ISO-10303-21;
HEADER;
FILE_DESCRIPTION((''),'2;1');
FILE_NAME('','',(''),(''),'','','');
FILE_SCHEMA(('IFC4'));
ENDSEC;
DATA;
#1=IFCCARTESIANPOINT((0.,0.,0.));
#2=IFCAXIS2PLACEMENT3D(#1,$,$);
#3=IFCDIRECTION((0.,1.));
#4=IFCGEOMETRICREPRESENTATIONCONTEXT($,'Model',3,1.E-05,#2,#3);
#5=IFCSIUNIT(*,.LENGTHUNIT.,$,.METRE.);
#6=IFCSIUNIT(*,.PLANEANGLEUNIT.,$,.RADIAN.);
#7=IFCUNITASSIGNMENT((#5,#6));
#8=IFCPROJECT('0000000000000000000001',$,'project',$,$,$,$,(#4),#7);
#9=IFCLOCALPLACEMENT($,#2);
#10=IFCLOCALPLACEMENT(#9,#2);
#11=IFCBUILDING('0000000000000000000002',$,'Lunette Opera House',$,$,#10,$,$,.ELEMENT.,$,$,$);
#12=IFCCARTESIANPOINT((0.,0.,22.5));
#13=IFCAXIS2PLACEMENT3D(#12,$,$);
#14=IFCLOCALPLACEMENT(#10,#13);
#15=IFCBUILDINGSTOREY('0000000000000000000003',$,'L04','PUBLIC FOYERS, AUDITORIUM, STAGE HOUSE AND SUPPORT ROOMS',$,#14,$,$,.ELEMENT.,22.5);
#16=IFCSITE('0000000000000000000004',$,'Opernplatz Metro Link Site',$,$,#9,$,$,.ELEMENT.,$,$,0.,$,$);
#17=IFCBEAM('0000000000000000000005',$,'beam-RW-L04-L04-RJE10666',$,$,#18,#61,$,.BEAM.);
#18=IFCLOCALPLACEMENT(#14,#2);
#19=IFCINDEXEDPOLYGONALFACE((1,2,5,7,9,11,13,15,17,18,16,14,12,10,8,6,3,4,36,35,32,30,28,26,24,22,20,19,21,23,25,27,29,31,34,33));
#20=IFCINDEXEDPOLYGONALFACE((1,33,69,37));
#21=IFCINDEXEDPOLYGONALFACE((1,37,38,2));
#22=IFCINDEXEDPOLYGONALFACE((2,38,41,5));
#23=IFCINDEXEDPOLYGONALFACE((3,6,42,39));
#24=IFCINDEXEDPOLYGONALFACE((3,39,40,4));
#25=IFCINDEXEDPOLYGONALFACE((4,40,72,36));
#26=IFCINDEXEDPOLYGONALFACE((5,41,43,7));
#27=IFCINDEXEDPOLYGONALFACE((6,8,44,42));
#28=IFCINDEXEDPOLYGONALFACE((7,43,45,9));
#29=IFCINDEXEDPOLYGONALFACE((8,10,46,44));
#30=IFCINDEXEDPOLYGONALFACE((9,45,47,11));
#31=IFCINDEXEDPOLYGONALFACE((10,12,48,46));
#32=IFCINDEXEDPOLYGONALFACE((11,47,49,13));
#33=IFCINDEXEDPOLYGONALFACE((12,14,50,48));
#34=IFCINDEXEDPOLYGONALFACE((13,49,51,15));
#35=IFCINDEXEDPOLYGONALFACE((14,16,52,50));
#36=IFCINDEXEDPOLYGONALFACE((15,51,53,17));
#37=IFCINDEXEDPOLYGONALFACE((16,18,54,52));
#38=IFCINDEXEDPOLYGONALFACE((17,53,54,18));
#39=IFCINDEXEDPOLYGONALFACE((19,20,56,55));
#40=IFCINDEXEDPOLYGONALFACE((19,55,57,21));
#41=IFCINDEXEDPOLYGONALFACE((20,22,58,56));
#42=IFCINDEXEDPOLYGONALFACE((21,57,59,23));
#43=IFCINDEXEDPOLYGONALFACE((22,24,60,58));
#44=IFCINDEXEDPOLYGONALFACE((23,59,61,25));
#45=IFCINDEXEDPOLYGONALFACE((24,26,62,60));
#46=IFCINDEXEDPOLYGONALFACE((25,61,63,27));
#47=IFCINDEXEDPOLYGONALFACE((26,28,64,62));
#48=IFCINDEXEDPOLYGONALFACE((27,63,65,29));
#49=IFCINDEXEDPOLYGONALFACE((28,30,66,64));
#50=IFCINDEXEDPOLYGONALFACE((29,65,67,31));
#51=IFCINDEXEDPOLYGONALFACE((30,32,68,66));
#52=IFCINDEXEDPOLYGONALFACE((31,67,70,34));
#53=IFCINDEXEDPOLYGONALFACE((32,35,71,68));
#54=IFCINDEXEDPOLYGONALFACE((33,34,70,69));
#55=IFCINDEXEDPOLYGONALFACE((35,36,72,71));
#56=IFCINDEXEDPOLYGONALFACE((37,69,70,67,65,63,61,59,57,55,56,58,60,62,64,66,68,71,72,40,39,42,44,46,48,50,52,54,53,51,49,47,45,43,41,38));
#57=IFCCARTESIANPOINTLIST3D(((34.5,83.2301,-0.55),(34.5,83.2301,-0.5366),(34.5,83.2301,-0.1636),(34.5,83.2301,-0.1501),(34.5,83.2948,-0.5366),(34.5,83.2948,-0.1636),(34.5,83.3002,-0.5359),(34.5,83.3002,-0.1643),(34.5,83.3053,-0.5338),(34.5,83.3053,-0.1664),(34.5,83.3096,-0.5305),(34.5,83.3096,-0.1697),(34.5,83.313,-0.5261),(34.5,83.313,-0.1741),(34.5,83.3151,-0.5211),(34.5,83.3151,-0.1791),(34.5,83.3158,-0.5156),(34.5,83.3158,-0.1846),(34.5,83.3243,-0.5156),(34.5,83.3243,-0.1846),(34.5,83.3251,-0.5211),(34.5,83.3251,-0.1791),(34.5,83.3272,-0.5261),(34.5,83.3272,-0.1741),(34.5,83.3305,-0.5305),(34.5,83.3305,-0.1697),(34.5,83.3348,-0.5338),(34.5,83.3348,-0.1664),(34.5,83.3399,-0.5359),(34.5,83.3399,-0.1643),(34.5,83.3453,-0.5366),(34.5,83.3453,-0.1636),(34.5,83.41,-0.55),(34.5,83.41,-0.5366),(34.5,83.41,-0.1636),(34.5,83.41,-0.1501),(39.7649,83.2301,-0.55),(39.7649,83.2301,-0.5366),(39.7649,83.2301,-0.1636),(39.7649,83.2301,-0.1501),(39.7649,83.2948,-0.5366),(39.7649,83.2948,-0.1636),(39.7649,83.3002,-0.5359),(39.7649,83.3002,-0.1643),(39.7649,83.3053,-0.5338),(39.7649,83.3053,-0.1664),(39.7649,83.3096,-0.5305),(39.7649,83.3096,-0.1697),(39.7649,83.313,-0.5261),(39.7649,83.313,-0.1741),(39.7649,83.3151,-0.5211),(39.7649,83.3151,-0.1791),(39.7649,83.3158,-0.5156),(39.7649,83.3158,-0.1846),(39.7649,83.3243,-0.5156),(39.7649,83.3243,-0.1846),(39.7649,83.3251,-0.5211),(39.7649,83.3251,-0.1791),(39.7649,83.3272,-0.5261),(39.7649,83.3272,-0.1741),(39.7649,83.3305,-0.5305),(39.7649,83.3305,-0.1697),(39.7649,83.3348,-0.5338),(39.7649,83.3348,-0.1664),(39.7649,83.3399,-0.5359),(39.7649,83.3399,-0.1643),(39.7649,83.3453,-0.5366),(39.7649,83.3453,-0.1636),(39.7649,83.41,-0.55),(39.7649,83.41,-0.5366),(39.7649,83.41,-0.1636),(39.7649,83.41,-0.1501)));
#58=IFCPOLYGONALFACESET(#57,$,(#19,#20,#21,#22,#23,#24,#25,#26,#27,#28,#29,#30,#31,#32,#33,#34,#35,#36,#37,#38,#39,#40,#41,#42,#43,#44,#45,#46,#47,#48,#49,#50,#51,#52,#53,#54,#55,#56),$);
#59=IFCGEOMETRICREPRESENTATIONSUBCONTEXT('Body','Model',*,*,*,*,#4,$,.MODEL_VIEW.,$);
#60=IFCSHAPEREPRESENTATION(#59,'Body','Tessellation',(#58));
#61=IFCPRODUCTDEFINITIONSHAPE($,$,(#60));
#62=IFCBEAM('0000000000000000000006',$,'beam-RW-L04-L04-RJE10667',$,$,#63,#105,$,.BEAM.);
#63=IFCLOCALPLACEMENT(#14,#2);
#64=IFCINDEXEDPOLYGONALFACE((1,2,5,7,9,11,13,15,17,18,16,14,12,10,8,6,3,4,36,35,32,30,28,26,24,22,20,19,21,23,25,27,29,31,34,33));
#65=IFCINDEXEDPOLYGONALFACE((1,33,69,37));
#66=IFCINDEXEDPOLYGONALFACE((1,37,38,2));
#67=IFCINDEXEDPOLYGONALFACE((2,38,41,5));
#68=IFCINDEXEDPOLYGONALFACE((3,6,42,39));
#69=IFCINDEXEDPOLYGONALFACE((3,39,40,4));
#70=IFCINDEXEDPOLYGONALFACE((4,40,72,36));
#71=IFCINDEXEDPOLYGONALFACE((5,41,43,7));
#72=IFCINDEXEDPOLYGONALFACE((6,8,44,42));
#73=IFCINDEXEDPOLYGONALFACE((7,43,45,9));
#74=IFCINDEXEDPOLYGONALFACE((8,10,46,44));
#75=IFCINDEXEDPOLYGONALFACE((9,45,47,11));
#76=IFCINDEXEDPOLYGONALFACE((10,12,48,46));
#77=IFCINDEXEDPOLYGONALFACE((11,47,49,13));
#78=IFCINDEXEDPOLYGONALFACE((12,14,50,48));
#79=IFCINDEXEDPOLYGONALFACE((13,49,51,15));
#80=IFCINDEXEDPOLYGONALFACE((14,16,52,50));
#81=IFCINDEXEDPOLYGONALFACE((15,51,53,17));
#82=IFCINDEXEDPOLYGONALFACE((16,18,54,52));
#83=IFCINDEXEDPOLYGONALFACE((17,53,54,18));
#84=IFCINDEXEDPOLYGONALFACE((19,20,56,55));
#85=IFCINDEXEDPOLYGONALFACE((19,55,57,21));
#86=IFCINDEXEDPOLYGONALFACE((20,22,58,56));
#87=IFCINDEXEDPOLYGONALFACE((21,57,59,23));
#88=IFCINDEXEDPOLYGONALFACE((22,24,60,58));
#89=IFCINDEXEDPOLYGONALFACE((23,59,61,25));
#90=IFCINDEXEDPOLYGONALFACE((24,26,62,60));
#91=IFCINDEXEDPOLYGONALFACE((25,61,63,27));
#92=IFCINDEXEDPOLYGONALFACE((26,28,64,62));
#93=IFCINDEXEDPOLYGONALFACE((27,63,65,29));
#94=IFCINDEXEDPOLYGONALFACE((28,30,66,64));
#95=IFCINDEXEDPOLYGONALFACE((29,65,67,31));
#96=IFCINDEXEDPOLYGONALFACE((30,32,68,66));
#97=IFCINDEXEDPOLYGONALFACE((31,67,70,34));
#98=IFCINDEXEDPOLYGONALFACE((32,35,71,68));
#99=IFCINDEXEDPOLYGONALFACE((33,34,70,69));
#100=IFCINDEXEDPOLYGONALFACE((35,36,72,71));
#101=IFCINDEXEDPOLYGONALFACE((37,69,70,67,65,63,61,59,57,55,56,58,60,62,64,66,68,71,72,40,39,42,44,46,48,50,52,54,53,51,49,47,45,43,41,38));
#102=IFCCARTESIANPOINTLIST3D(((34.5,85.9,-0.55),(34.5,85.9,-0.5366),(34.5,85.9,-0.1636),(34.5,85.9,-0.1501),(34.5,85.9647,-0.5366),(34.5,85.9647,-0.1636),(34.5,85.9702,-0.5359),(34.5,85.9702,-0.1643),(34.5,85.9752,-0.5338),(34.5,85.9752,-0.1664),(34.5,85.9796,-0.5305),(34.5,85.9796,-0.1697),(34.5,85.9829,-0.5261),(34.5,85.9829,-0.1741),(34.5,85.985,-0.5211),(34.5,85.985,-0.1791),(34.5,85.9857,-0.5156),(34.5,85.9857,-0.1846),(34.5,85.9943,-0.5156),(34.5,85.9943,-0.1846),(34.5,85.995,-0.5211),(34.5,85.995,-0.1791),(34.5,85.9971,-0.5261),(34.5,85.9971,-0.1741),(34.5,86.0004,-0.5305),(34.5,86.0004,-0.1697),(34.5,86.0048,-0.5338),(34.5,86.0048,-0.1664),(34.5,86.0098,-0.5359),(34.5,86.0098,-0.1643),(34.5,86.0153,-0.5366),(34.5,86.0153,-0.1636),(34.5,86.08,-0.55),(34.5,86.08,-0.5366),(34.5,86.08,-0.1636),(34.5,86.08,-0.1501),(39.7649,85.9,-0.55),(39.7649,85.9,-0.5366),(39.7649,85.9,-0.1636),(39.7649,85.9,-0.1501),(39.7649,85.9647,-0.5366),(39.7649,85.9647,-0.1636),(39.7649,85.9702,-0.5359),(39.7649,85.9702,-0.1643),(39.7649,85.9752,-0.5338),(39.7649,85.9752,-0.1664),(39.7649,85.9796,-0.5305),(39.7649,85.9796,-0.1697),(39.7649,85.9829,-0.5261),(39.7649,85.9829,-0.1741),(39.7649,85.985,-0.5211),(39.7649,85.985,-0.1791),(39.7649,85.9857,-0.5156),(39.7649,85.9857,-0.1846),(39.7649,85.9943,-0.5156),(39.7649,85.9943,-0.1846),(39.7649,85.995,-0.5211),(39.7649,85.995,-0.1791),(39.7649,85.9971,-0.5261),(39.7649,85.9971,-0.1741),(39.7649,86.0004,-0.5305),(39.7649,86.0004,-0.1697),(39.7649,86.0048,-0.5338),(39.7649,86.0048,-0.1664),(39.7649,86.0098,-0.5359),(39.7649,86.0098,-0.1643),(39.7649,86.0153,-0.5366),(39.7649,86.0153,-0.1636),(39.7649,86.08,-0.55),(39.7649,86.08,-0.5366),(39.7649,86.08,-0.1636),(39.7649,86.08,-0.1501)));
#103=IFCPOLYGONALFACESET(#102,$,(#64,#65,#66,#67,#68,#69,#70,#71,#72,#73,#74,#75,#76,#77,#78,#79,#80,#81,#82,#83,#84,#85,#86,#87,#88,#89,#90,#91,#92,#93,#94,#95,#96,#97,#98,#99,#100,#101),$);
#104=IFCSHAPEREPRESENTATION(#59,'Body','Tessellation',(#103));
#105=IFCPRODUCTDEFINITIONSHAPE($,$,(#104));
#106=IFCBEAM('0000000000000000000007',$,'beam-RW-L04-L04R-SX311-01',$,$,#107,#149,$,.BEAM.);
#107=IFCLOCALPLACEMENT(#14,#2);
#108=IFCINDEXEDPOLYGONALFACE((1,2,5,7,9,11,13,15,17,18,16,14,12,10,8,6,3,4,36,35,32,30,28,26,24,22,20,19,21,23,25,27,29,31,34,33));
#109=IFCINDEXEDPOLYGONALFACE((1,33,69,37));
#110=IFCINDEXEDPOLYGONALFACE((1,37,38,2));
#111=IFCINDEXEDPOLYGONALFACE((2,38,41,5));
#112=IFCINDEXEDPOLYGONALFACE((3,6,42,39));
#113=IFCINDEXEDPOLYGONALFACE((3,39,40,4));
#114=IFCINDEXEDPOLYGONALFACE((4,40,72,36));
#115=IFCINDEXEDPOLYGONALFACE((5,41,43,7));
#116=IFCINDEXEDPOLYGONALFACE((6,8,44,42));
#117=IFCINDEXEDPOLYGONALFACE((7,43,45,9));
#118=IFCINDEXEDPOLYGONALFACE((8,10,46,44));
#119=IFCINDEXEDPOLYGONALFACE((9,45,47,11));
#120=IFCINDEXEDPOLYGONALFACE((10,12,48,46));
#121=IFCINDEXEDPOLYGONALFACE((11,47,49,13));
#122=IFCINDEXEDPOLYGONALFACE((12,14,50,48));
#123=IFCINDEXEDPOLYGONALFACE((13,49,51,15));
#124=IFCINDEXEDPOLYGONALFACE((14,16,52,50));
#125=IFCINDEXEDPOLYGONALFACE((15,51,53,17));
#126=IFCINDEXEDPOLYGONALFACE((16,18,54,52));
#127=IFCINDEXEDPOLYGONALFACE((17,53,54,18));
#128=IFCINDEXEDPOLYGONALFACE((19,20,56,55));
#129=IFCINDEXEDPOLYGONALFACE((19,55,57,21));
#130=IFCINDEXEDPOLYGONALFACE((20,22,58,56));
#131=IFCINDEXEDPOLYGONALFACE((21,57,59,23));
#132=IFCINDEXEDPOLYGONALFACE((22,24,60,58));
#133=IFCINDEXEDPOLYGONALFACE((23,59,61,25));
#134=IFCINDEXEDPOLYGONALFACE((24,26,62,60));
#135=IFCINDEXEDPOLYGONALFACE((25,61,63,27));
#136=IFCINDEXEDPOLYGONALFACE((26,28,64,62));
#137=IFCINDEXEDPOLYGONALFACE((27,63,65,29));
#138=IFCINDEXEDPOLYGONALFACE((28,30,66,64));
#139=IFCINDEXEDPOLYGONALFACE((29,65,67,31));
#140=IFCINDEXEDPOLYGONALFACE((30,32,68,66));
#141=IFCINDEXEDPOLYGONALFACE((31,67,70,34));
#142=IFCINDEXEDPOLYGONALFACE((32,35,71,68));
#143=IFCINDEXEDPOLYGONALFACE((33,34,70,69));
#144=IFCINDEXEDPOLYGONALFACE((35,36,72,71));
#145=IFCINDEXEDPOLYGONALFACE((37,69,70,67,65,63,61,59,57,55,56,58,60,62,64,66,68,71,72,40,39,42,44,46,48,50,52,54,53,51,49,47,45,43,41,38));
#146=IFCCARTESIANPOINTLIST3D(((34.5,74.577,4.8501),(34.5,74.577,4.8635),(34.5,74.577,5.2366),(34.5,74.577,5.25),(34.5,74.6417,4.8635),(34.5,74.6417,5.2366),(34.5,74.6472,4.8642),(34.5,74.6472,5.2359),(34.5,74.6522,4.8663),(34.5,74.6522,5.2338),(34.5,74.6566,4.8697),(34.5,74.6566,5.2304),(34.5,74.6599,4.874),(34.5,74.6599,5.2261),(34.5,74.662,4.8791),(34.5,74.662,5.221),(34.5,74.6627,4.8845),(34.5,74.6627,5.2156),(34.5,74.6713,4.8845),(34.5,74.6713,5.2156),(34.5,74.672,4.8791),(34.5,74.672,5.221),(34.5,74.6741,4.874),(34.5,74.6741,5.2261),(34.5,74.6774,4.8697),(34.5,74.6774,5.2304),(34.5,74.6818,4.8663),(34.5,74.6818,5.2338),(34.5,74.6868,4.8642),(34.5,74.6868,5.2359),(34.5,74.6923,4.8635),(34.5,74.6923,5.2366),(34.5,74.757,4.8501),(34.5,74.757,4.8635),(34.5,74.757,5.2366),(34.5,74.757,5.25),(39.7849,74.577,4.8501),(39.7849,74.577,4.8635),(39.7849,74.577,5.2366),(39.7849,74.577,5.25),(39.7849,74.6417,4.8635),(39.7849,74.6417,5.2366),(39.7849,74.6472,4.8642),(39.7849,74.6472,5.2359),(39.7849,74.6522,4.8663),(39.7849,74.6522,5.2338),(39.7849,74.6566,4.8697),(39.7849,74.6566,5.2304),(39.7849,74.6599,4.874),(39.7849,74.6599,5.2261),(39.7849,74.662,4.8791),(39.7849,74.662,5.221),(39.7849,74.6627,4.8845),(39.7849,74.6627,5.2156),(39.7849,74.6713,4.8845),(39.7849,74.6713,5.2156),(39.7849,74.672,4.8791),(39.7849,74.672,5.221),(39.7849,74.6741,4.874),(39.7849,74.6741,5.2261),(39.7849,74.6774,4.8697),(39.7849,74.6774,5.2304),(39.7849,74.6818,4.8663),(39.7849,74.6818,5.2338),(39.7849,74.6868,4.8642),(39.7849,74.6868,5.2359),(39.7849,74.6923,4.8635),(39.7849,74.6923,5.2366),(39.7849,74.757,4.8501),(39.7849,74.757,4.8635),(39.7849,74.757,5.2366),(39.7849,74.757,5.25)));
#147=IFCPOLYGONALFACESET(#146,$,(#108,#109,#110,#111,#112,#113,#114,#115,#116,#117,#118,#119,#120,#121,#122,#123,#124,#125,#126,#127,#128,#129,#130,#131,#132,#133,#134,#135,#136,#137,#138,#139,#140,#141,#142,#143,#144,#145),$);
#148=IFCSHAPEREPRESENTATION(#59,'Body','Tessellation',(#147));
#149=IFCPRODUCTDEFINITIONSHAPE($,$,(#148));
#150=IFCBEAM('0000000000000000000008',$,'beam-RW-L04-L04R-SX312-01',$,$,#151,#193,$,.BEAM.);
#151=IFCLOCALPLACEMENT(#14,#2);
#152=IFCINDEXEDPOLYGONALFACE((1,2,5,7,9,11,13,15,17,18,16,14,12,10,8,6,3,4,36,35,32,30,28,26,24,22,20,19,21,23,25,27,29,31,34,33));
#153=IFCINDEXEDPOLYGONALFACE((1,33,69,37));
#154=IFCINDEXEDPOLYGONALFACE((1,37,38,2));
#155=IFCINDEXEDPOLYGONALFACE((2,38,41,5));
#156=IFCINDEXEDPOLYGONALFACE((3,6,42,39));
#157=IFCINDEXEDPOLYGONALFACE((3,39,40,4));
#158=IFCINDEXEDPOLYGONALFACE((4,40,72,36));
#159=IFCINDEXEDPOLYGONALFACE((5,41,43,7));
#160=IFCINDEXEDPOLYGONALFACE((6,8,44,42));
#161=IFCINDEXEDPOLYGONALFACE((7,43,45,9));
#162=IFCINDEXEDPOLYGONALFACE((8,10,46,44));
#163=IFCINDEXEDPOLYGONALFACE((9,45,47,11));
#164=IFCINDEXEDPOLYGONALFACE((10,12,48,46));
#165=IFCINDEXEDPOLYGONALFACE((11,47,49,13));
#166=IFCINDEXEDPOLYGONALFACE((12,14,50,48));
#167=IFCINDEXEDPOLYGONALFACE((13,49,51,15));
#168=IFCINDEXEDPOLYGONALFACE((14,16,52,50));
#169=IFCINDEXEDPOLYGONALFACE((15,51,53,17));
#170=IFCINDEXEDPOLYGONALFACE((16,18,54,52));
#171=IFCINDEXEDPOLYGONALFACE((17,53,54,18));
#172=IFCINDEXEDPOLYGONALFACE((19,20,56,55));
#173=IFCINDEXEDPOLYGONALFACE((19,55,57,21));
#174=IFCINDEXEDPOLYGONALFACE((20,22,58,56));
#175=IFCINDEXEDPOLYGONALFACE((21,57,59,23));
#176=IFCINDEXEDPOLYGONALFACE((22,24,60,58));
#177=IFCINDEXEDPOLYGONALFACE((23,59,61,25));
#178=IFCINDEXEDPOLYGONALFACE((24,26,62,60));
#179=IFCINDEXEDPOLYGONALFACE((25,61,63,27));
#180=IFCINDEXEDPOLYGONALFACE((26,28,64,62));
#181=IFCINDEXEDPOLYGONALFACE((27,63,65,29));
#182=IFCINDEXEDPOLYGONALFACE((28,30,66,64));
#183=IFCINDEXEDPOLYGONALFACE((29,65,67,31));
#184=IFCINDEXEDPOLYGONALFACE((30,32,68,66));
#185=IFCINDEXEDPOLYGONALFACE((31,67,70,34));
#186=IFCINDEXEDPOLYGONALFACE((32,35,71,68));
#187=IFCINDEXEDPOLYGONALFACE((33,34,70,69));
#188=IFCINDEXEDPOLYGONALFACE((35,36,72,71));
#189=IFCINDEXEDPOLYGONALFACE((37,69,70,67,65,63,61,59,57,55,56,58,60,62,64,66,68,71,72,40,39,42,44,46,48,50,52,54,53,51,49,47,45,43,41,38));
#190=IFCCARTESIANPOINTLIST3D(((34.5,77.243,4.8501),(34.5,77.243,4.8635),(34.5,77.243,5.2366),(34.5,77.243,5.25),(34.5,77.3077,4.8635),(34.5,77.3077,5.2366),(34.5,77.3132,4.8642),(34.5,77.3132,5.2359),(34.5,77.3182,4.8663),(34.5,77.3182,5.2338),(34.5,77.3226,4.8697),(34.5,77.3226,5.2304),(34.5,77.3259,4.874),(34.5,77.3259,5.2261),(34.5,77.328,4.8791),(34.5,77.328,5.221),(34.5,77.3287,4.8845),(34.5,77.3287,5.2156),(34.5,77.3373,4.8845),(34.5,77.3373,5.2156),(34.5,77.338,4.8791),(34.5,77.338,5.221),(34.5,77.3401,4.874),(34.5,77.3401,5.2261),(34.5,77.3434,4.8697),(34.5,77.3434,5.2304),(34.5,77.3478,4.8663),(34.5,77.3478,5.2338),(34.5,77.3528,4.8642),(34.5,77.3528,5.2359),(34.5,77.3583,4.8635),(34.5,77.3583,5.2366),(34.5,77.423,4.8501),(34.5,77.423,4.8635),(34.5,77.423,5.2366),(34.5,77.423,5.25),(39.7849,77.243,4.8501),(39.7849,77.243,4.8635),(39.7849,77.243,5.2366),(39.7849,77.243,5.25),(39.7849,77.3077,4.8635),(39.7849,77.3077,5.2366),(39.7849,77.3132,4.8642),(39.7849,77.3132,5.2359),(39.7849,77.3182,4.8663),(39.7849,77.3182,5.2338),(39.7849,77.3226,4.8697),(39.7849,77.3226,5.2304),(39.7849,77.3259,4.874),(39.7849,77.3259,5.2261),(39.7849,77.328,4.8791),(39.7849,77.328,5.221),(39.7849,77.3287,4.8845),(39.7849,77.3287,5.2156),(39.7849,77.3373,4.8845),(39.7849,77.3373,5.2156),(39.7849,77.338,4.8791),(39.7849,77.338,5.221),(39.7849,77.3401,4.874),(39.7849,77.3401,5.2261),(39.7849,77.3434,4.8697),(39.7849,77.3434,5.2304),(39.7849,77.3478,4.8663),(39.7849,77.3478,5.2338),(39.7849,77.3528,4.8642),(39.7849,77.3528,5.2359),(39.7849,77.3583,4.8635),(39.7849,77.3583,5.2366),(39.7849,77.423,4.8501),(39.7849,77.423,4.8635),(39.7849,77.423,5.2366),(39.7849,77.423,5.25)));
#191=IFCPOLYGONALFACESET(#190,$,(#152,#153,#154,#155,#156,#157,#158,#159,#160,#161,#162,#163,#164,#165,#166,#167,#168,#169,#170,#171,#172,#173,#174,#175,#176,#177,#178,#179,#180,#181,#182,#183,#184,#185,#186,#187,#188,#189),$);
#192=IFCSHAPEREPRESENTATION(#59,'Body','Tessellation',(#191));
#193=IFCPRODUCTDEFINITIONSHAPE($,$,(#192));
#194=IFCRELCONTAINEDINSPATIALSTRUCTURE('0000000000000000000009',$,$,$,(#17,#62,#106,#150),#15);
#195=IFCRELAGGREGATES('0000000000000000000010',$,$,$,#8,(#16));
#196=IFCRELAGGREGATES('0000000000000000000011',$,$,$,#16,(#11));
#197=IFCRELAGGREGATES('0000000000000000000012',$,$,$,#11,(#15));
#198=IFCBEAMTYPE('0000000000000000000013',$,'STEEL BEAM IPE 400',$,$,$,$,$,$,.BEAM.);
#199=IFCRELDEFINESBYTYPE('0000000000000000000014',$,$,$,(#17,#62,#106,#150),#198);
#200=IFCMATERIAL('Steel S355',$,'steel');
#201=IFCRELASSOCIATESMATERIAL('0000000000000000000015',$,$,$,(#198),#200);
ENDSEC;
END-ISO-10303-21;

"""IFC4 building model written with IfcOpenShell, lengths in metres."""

from ifc_helpers import new_model, si_unit, direction, frame, origin, origin_2d, place, context, subcontext, project, spatial, i_section, extrude, material, material_profile, profile_set, type_object, element, save


model = new_model("IFC4")

# Units and contexts
model_context = context("Model", 3, precision=1e-05, world=origin(), true_north=direction((0.0, 1.0)))
body_context = subcontext(model_context, "Body", "Model", "MODEL_VIEW")
ifc_project = project(units=[si_unit("LENGTHUNIT", "METRE"), si_unit("PLANEANGLEUNIT", "RADIAN")], contexts=[model_context])

# Site, building, storey
site_placement = place(None, origin())
site = spatial("IfcSite", under=ifc_project, at=site_placement, Name="Opernplatz Metro Link Site", CompositionType="ELEMENT", RefElevation=0.0)
building_placement = place(site_placement, origin())
building = spatial("IfcBuilding", under=site, at=building_placement, Name="Lunette Opera House", CompositionType="ELEMENT")
storey_placement = place(building_placement, frame((0.0, 0.0, 22.5)))
storey = spatial("IfcBuildingStorey", under=building, at=storey_placement, Name="L04", Description="PUBLIC FOYERS, AUDITORIUM, STAGE HOUSE AND SUPPORT ROOMS", CompositionType="ELEMENT", Elevation=22.5)

# Beams
ifc_material_1 = material(Name="Steel S355", Category="steel")
ifc_material_profile_1 = material_profile(ifc_material_1, i_section(OverallWidth=0.1799, OverallDepth=0.3999, WebThickness=0.0085, FlangeThickness=0.0134, FilletRadius=0.021, at=origin_2d()), Name="IPE 400")
ifc_profile_set_1 = profile_set([ifc_material_profile_1], Name="Steel S355")
beam_type_1 = type_object("IfcBeamType", Name="STEEL BEAM IPE 400", PredefinedType="BEAM", material=ifc_profile_set_1)
for number, where, z_axis, x_axis, name in (
    (1, (34.5, 83.3201, -0.3501), (1.0, 0.0, 0.0), (0.0, 1.0, 0.0), "beam-RW-L04-L04-RJE10666"),
    (2, (34.5, 85.99, -0.3501), (1.0, 0.0, 0.0), (0.0, 1.0, 0.0), "beam-RW-L04-L04-RJE10667"),
):
    element("IfcBeam", number, at=place(storey_placement, frame(where, z_axis=z_axis, x_axis=x_axis)), inside=storey, type_object=beam_type_1, Name=name, PredefinedType="BEAM", context=body_context, shape_type="SweptSolid", body=[
        extrude(i_section(OverallWidth=0.1799, OverallDepth=0.3999, WebThickness=0.0085, FlangeThickness=0.0134, FilletRadius=0.021, at=origin_2d()), origin(), (0.0, 0.0, 1.0), 5.2649),
    ])
for number, where, z_axis, x_axis, name in (
    (3, (34.5, 74.667, 5.05), (1.0, 0.0, 0.0), (0.0, 1.0, 0.0), "beam-RW-L04-L04R-SX311-01"),
    (4, (34.5, 77.333, 5.05), (1.0, 0.0, 0.0), (0.0, 1.0, 0.0), "beam-RW-L04-L04R-SX312-01"),
):
    element("IfcBeam", number, at=place(storey_placement, frame(where, z_axis=z_axis, x_axis=x_axis)), inside=storey, type_object=beam_type_1, Name=name, PredefinedType="BEAM", context=body_context, shape_type="SweptSolid", body=[
        extrude(i_section(OverallWidth=0.1799, OverallDepth=0.3999, WebThickness=0.0085, FlangeThickness=0.0134, FilletRadius=0.021, at=origin_2d()), origin(), (0.0, 0.0, 1.0), 5.2849),
    ])

save(model, "model.ifc")
